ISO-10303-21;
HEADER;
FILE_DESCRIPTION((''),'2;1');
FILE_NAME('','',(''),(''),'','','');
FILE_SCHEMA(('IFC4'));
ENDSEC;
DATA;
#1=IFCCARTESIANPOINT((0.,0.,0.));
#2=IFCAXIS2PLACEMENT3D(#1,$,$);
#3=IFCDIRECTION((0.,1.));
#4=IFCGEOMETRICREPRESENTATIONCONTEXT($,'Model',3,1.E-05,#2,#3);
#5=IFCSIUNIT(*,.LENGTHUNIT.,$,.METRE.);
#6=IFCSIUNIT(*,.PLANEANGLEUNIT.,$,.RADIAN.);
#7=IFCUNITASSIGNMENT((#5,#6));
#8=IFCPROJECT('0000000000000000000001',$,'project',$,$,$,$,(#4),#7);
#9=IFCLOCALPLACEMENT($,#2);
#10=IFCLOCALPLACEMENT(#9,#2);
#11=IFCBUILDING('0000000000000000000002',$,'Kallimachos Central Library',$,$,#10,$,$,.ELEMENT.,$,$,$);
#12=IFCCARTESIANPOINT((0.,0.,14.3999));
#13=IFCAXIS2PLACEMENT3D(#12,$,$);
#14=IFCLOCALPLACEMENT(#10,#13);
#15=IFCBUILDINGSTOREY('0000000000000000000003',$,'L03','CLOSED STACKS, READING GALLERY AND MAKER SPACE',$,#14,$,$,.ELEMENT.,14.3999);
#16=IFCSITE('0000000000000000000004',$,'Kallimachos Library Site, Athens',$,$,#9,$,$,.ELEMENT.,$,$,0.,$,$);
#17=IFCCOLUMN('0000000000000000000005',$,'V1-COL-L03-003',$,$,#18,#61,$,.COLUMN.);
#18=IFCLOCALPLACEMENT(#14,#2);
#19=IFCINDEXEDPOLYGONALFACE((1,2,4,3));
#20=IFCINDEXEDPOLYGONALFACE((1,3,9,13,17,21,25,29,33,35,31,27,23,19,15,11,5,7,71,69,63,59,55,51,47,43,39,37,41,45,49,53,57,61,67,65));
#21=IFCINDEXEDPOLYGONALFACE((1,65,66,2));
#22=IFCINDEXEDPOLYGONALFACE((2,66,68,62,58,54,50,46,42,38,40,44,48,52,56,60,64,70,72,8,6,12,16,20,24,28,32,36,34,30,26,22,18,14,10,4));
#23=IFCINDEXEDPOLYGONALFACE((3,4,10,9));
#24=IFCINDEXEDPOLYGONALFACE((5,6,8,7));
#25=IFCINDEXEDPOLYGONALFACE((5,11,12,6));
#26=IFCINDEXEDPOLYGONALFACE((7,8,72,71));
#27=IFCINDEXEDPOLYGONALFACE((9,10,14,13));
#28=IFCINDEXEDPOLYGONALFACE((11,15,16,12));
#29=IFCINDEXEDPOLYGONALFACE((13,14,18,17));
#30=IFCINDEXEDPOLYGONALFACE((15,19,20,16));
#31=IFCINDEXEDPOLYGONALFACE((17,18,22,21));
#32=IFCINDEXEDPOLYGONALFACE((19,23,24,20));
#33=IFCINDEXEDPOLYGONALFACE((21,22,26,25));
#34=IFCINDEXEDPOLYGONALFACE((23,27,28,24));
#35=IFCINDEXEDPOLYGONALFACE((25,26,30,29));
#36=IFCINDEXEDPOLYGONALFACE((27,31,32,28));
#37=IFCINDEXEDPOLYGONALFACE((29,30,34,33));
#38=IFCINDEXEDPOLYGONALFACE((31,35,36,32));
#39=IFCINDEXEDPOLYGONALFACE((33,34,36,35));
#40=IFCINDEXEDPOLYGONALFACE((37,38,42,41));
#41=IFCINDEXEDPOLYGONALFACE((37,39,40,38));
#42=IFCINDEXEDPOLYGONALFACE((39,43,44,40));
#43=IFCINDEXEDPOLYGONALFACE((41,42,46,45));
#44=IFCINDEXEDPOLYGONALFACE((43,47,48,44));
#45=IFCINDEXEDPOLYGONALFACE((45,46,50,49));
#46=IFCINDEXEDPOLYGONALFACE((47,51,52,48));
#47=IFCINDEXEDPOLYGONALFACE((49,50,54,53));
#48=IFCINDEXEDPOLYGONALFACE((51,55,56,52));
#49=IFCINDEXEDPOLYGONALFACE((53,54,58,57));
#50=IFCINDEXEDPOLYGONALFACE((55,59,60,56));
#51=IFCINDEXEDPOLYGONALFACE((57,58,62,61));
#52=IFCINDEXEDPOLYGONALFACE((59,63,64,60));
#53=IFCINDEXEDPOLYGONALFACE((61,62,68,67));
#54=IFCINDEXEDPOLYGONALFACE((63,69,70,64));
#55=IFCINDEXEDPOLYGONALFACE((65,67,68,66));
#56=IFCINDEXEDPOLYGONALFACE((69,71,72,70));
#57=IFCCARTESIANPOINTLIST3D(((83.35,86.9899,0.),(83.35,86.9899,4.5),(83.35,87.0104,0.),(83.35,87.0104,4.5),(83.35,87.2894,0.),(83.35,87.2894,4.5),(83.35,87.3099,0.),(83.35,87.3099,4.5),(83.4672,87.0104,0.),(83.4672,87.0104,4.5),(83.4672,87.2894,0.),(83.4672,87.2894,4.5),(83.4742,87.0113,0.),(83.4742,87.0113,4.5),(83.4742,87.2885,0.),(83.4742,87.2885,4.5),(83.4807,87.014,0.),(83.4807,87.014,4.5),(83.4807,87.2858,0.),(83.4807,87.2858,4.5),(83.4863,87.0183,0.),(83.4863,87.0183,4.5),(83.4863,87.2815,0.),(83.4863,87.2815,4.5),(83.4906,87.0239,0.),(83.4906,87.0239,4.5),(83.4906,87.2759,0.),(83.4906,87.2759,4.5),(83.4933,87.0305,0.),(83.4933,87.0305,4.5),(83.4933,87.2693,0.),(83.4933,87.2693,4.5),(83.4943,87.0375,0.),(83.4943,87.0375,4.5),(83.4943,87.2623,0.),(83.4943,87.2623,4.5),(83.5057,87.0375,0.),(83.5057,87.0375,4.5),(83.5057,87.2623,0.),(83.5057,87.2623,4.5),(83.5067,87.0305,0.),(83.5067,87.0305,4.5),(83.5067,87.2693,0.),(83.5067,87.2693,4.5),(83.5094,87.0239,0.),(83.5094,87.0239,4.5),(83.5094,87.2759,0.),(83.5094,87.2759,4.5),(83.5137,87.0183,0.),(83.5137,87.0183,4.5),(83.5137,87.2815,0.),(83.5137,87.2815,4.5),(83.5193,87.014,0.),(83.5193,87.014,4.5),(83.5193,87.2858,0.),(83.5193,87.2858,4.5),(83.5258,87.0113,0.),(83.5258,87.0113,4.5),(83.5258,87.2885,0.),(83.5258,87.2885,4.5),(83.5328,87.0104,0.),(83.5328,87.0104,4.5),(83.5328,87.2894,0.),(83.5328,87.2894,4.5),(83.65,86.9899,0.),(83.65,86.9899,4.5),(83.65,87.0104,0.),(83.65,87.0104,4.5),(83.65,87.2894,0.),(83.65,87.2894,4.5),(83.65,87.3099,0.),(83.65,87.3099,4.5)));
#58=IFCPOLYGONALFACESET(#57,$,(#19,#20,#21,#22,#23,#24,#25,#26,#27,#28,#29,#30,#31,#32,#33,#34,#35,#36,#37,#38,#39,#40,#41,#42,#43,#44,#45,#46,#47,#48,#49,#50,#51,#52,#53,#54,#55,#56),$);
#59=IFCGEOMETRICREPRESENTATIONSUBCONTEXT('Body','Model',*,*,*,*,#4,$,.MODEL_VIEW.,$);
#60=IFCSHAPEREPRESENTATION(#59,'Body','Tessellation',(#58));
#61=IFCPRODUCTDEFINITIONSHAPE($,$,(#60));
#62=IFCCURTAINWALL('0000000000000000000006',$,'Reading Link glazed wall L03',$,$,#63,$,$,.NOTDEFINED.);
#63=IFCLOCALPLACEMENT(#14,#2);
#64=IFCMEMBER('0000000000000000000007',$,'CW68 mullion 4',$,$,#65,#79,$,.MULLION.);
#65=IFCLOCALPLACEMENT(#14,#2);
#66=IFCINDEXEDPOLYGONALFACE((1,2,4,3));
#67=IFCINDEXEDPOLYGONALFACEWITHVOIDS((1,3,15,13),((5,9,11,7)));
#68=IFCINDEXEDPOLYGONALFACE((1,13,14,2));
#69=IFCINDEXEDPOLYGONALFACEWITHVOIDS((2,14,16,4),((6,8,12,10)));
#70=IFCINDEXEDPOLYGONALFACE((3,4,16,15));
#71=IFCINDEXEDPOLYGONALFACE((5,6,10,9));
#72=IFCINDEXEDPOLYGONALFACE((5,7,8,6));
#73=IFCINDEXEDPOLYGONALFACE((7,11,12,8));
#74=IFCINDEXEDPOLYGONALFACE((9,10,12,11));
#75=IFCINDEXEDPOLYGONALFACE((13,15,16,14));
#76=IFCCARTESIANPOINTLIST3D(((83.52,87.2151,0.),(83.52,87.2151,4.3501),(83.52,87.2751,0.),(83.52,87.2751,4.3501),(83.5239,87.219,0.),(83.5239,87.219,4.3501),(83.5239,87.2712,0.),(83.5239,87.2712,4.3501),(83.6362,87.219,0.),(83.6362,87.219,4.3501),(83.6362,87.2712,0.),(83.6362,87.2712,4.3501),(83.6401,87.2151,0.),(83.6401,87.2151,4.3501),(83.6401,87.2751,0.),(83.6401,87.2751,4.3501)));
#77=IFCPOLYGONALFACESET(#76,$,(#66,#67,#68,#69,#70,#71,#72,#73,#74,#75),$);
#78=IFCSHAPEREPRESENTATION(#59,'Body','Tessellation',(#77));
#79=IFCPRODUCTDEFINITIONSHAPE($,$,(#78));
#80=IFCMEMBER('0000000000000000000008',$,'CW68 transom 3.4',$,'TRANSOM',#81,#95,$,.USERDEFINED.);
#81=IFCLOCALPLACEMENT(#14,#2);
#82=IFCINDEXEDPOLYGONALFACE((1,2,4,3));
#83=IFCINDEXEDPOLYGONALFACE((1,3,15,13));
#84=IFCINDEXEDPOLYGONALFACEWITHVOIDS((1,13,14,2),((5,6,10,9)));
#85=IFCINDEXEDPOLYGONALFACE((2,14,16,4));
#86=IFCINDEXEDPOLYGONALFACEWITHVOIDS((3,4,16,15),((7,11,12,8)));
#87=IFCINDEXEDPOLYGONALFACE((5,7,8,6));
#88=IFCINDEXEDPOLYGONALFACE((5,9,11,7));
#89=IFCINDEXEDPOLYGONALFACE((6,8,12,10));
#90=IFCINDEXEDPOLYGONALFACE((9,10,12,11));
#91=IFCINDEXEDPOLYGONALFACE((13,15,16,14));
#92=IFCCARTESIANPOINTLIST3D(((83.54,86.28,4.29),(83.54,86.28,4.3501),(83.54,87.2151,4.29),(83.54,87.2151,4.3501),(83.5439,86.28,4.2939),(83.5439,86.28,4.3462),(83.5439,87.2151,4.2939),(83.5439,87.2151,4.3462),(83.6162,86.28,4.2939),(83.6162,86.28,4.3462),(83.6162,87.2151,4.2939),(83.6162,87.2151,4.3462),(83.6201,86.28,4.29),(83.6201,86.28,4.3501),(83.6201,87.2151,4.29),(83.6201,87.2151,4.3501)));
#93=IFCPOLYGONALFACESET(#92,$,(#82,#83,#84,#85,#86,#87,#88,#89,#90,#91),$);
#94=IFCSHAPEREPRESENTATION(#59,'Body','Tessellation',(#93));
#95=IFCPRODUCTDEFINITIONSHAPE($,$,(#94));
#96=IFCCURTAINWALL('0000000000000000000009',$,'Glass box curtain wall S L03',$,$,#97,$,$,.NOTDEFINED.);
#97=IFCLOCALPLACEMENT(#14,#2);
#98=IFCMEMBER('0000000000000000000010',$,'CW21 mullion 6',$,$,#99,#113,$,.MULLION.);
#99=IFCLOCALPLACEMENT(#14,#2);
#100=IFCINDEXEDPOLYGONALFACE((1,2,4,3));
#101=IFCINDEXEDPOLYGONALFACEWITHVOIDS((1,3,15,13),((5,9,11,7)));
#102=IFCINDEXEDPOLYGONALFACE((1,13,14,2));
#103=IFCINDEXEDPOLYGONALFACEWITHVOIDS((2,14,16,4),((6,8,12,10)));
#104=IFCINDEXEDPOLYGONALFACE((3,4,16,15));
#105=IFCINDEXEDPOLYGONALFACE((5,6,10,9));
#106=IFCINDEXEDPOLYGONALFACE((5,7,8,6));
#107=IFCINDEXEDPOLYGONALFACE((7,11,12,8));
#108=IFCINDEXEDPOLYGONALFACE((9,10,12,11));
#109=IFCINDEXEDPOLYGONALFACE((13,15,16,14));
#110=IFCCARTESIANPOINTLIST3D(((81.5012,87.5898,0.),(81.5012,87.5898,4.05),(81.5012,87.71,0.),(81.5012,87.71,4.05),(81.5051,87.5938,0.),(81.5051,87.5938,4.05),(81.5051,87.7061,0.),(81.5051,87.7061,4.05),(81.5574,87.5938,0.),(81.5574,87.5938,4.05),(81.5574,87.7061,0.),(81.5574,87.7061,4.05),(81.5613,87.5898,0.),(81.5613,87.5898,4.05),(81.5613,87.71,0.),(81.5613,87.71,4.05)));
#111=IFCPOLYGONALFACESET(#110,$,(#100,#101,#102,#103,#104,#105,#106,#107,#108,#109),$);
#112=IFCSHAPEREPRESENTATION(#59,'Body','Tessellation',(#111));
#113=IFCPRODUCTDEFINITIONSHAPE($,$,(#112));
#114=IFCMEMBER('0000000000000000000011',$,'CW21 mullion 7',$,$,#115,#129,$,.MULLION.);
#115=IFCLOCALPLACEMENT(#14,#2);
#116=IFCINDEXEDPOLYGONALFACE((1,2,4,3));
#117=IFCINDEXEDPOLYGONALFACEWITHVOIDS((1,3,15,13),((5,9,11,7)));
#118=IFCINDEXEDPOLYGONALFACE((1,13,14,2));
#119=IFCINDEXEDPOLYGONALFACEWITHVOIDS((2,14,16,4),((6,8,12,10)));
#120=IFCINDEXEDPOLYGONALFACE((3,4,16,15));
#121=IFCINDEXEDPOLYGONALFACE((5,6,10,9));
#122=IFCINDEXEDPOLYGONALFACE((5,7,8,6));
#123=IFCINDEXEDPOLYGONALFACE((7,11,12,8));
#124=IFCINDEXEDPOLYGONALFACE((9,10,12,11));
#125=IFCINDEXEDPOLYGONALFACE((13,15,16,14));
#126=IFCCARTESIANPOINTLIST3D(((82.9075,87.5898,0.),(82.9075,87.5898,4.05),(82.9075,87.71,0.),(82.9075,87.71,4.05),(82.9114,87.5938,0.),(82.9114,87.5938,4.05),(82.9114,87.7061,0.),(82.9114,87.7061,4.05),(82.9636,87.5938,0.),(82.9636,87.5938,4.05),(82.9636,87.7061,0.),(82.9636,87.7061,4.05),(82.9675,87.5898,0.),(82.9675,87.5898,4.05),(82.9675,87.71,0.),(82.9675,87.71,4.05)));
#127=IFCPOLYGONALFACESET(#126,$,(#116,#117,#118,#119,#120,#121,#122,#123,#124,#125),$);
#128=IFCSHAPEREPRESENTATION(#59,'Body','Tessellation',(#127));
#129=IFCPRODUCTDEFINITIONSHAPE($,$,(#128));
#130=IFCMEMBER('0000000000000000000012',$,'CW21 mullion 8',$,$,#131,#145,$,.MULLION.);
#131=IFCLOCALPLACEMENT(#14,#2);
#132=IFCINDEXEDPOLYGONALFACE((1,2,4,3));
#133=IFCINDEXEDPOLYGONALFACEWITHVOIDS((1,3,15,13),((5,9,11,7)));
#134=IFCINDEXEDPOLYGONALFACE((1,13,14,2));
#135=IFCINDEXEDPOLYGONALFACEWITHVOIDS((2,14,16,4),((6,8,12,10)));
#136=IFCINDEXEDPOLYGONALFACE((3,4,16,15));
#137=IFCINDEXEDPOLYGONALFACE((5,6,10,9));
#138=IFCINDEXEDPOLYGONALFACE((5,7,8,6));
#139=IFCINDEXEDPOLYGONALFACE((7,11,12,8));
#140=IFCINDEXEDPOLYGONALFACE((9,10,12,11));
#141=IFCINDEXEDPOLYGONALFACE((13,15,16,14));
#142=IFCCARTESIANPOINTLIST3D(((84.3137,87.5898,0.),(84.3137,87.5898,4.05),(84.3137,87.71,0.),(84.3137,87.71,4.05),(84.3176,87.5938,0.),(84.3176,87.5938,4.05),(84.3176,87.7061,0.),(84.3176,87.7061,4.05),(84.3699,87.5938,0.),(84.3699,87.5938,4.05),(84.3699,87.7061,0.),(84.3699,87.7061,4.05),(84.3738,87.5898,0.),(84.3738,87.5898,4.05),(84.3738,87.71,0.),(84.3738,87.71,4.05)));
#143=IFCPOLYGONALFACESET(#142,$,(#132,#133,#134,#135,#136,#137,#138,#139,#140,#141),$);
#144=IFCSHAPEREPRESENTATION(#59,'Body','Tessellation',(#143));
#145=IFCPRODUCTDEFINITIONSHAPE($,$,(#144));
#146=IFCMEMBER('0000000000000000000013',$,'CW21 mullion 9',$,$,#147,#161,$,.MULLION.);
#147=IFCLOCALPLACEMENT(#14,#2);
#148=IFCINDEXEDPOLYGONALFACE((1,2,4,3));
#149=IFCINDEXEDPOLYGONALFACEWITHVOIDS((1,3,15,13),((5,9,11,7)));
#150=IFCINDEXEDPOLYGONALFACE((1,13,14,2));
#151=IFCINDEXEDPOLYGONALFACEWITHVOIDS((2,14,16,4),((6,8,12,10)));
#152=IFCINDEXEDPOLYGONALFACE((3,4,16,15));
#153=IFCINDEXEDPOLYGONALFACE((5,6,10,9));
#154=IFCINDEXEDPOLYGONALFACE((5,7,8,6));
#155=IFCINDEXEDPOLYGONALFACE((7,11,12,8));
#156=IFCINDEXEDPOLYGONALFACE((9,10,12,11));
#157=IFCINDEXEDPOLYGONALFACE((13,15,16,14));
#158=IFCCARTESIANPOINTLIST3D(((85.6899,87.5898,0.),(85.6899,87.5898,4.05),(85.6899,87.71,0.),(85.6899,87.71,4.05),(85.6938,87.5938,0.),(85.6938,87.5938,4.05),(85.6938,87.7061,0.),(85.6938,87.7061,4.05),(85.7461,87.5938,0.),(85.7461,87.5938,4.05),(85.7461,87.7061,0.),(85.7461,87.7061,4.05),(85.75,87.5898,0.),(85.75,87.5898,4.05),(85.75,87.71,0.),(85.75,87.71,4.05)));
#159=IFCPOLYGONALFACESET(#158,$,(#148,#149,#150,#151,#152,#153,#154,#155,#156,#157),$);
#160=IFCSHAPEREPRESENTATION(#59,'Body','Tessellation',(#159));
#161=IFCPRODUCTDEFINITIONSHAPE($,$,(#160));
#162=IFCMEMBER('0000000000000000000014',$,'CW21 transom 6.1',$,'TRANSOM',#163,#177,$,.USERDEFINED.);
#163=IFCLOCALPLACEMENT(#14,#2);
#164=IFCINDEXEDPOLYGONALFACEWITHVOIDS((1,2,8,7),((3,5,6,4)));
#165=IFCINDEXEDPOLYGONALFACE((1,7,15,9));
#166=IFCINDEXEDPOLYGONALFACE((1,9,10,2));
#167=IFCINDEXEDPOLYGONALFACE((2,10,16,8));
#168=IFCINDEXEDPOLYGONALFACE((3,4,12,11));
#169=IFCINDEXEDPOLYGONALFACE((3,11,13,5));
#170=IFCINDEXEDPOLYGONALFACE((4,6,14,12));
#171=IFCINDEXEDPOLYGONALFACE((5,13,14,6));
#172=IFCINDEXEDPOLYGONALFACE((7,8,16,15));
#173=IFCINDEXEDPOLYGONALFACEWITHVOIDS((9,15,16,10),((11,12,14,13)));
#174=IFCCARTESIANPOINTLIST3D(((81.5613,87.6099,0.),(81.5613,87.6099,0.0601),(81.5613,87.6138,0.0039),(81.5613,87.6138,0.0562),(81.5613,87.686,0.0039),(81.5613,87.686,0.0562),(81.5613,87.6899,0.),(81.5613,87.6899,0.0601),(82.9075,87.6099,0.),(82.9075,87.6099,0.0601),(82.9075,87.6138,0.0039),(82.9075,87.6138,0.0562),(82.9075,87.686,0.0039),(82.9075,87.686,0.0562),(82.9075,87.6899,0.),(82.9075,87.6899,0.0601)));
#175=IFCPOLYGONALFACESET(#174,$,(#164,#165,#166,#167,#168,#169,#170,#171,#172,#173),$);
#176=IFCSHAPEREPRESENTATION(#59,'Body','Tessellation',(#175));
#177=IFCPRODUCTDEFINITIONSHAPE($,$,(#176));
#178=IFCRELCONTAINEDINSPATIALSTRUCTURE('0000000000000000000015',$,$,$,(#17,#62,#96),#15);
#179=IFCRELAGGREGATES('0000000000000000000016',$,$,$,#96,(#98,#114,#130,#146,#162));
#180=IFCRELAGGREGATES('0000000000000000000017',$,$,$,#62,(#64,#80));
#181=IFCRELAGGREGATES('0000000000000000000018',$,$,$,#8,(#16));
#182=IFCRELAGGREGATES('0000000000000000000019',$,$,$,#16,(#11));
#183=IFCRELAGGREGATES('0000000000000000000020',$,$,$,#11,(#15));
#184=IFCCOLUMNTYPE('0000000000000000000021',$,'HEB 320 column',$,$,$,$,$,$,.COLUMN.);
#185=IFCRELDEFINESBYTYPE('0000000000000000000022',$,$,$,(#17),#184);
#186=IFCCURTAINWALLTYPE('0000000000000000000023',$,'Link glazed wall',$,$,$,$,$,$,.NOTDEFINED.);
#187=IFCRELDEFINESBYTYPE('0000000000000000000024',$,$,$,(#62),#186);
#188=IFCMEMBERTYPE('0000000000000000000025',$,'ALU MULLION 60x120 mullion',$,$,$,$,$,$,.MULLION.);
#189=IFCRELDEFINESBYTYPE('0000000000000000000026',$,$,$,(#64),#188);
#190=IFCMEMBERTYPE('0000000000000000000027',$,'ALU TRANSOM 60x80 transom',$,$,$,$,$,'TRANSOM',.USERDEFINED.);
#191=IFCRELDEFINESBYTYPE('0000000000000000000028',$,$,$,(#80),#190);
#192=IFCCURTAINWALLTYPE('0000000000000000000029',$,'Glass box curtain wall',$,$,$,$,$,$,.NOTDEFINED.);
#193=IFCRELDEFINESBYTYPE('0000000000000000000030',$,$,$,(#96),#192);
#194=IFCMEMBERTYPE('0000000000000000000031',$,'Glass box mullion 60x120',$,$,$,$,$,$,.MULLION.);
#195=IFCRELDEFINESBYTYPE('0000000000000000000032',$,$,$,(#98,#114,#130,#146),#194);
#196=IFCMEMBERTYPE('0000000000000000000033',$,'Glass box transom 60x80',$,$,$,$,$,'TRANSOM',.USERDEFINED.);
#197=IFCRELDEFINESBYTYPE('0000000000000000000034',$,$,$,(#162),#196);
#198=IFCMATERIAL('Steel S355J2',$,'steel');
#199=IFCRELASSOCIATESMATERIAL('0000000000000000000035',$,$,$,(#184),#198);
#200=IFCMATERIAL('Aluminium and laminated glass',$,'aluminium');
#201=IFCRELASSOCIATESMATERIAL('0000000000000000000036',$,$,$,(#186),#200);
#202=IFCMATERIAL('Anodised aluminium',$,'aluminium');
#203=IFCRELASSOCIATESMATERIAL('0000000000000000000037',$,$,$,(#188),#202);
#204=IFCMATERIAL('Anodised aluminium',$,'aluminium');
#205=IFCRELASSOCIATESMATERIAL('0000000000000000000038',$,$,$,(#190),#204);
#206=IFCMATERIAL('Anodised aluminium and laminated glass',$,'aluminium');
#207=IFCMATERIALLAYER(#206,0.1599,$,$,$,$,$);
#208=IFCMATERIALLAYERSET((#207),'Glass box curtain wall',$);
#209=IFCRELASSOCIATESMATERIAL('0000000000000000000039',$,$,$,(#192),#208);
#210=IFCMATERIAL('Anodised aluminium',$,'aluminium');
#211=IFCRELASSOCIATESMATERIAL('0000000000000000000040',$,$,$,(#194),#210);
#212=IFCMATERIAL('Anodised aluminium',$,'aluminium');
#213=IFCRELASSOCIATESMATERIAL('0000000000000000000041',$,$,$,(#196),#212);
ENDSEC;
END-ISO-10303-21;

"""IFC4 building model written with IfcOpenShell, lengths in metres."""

from ifc_helpers import new_model, si_unit, direction, frame, origin, origin_2d, place, context, subcontext, project, spatial, hollow_rectangle, i_section, extrude, material, layer, layer_set, material_profile, profile_set, type_object, element, aggregate, save


model = new_model("IFC4")

# Units and contexts
model_context = context("Model", 3, precision=1e-05, world=origin(), true_north=direction((0.0, 1.0)))
body_context = subcontext(model_context, "Body", "Model", "MODEL_VIEW")
ifc_project = project(units=[si_unit("LENGTHUNIT", "METRE"), si_unit("PLANEANGLEUNIT", "RADIAN")], contexts=[model_context])

# Site, building, storey
site_placement = place(None, origin())
site = spatial("IfcSite", under=ifc_project, at=site_placement, Name="Kallimachos Library Site, Athens", CompositionType="ELEMENT", RefElevation=0.0)
building_placement = place(site_placement, origin())
building = spatial("IfcBuilding", under=site, at=building_placement, Name="Kallimachos Central Library", CompositionType="ELEMENT")
storey_placement = place(building_placement, frame((0.0, 0.0, 14.3999)))
storey = spatial("IfcBuildingStorey", under=building, at=storey_placement, Name="L03", Description="CLOSED STACKS, READING GALLERY AND MAKER SPACE", CompositionType="ELEMENT", Elevation=14.3999)

# Column
ifc_material_1 = material(Name="Steel S355J2", Category="steel")
ifc_material_profile_1 = material_profile(ifc_material_1, i_section(OverallWidth=0.3, OverallDepth=0.3201, WebThickness=0.0115, FlangeThickness=0.0205, FilletRadius=0.0271, at=origin_2d()), Name="HEB 320")
ifc_profile_set_1 = profile_set([ifc_material_profile_1], Name="Steel S355J2")
column_type_1 = type_object("IfcColumnType", Name="HEB 320 column", PredefinedType="COLUMN", material=ifc_profile_set_1)
column_1_placement = place(storey_placement, frame((83.5, 87.1499, 0.0), z_axis=(0.0, 0.0, 1.0), x_axis=(1.0, 0.0, 0.0)))
element("IfcColumn", 1, at=column_1_placement, inside=storey, type_object=column_type_1, Name="V1-COL-L03-003", PredefinedType="COLUMN", context=body_context, shape_type="SweptSolid", body=[
    extrude(i_section(OverallWidth=0.3, OverallDepth=0.3201, WebThickness=0.0115, FlangeThickness=0.0205, FilletRadius=0.0271, at=origin_2d()), origin(), (0.0, 0.0, 1.0), 4.5),
])

# Curtain walls, members
ifc_material_2 = material(Name="Aluminium and laminated glass", Category="aluminium")
curtain_wall_type_1 = type_object("IfcCurtainWallType", Name="Link glazed wall", PredefinedType="NOTDEFINED", material=ifc_material_2)
curtain_wall_1_placement = place(storey_placement, origin())
curtain_wall_1 = element("IfcCurtainWall", 2, at=curtain_wall_1_placement, inside=storey, type_object=curtain_wall_type_1, Name="Reading Link glazed wall L03", PredefinedType="NOTDEFINED")
ifc_material_3 = material(Name="Anodised aluminium", Category="aluminium")
ifc_material_profile_2 = material_profile(ifc_material_3, hollow_rectangle(XDim=0.0601, YDim=0.1201, WallThickness=0.0039, at=origin_2d()), Name="ALU MULLION 60x120")
ifc_profile_set_2 = profile_set([ifc_material_profile_2], Name="Anodised aluminium")
member_type_1 = type_object("IfcMemberType", Name="ALU MULLION 60x120 mullion", PredefinedType="MULLION", material=ifc_profile_set_2)
member_1_placement = place(storey_placement, frame((83.5801, 87.2451, 0.0), z_axis=(0.0, 0.0, 1.0), x_axis=(0.0, 1.0, 0.0)))
member_1 = element("IfcMember", 3, at=member_1_placement, type_object=member_type_1, Name="CW68 mullion 4", PredefinedType="MULLION", context=body_context, shape_type="SweptSolid", body=[
    extrude(hollow_rectangle(XDim=0.0601, YDim=0.1201, WallThickness=0.0039, at=origin_2d()), origin(), (0.0, 0.0, 1.0), 4.3501),
])
ifc_material_4 = material(Name="Anodised aluminium", Category="aluminium")
ifc_material_profile_3 = material_profile(ifc_material_4, hollow_rectangle(XDim=0.0601, YDim=0.0801, WallThickness=0.0039, at=origin_2d()), Name="ALU TRANSOM 60x80")
ifc_profile_set_3 = profile_set([ifc_material_profile_3], Name="Anodised aluminium")
member_type_2 = type_object("IfcMemberType", Name="ALU TRANSOM 60x80 transom", ElementType="TRANSOM", PredefinedType="USERDEFINED", material=ifc_profile_set_3)
member_2_placement = place(storey_placement, frame((83.5801, 86.28, 4.3201), z_axis=(0.0, 1.0, 0.0), x_axis=(0.0, 0.0, 1.0)))
member_2 = element("IfcMember", 4, at=member_2_placement, type_object=member_type_2, Name="CW68 transom 3.4", ObjectType="TRANSOM", PredefinedType="USERDEFINED", context=body_context, shape_type="SweptSolid", body=[
    extrude(hollow_rectangle(XDim=0.0601, YDim=0.0801, WallThickness=0.0039, at=origin_2d()), origin(), (0.0, 0.0, 1.0), 0.9351),
])
ifc_material_5 = material(Name="Anodised aluminium and laminated glass", Category="aluminium")
ifc_layer_1 = layer(ifc_material_5, 0.1599)
ifc_layer_set_1 = layer_set([ifc_layer_1], Name="Glass box curtain wall")
curtain_wall_type_2 = type_object("IfcCurtainWallType", Name="Glass box curtain wall", PredefinedType="NOTDEFINED", material=ifc_layer_set_1)
curtain_wall_2_placement = place(storey_placement, origin())
curtain_wall_2 = element("IfcCurtainWall", 5, at=curtain_wall_2_placement, inside=storey, type_object=curtain_wall_type_2, Name="Glass box curtain wall S L03", PredefinedType="NOTDEFINED")
ifc_material_6 = material(Name="Anodised aluminium", Category="aluminium")
ifc_material_profile_4 = material_profile(ifc_material_6, hollow_rectangle(XDim=0.0601, YDim=0.1201, WallThickness=0.0039, at=origin_2d()), Name="ALU MULLION 60x120")
ifc_profile_set_4 = profile_set([ifc_material_profile_4], Name="Anodised aluminium")
member_type_3 = type_object("IfcMemberType", Name="Glass box mullion 60x120", PredefinedType="MULLION", material=ifc_profile_set_4)
member_3_placement = place(storey_placement, frame((81.5312, 87.6499, 0.0), z_axis=(0.0, 0.0, 1.0), x_axis=(1.0, 0.0, 0.0)))
member_3 = element("IfcMember", 6, at=member_3_placement, type_object=member_type_3, Name="CW21 mullion 6", PredefinedType="MULLION", context=body_context, shape_type="SweptSolid", body=[
    extrude(hollow_rectangle(XDim=0.0601, YDim=0.1201, WallThickness=0.0039, at=origin_2d()), origin(), (0.0, 0.0, 1.0), 4.05),
])
member_4_placement = place(storey_placement, frame((82.9375, 87.6499, 0.0), z_axis=(0.0, 0.0, 1.0), x_axis=(1.0, 0.0, 0.0)))
member_4 = element("IfcMember", 7, at=member_4_placement, type_object=member_type_3, Name="CW21 mullion 7", PredefinedType="MULLION", context=body_context, shape_type="SweptSolid", body=[
    extrude(hollow_rectangle(XDim=0.0601, YDim=0.1201, WallThickness=0.0039, at=origin_2d()), origin(), (0.0, 0.0, 1.0), 4.05),
])
member_5_placement = place(storey_placement, frame((84.3438, 87.6499, 0.0), z_axis=(0.0, 0.0, 1.0), x_axis=(1.0, 0.0, 0.0)))
member_5 = element("IfcMember", 8, at=member_5_placement, type_object=member_type_3, Name="CW21 mullion 8", PredefinedType="MULLION", context=body_context, shape_type="SweptSolid", body=[
    extrude(hollow_rectangle(XDim=0.0601, YDim=0.1201, WallThickness=0.0039, at=origin_2d()), origin(), (0.0, 0.0, 1.0), 4.05),
])
member_6_placement = place(storey_placement, frame((85.72, 87.6499, 0.0), z_axis=(0.0, 0.0, 1.0), x_axis=(1.0, 0.0, 0.0)))
member_6 = element("IfcMember", 9, at=member_6_placement, type_object=member_type_3, Name="CW21 mullion 9", PredefinedType="MULLION", context=body_context, shape_type="SweptSolid", body=[
    extrude(hollow_rectangle(XDim=0.0601, YDim=0.1201, WallThickness=0.0039, at=origin_2d()), origin(), (0.0, 0.0, 1.0), 4.05),
])
ifc_material_7 = material(Name="Anodised aluminium", Category="aluminium")
ifc_material_profile_5 = material_profile(ifc_material_7, hollow_rectangle(XDim=0.0601, YDim=0.0801, WallThickness=0.0039, at=origin_2d()), Name="ALU TRANSOM 60x80")
ifc_profile_set_5 = profile_set([ifc_material_profile_5], Name="Anodised aluminium")
member_type_4 = type_object("IfcMemberType", Name="Glass box transom 60x80", ElementType="TRANSOM", PredefinedType="USERDEFINED", material=ifc_profile_set_5)
member_7_placement = place(storey_placement, frame((81.5613, 87.6499, 0.03), z_axis=(1.0, 0.0, 0.0), x_axis=(0.0, 0.0, 1.0)))
member_7 = element("IfcMember", 10, at=member_7_placement, type_object=member_type_4, Name="CW21 transom 6.1", ObjectType="TRANSOM", PredefinedType="USERDEFINED", context=body_context, shape_type="SweptSolid", body=[
    extrude(hollow_rectangle(XDim=0.0601, YDim=0.0801, WallThickness=0.0039, at=origin_2d()), origin(), (0.0, 0.0, 1.0), 1.3462),
])

aggregate(curtain_wall_2, [member_3, member_4, member_5, member_6, member_7])
aggregate(curtain_wall_1, [member_1, member_2])

save(model, "model.ifc")
